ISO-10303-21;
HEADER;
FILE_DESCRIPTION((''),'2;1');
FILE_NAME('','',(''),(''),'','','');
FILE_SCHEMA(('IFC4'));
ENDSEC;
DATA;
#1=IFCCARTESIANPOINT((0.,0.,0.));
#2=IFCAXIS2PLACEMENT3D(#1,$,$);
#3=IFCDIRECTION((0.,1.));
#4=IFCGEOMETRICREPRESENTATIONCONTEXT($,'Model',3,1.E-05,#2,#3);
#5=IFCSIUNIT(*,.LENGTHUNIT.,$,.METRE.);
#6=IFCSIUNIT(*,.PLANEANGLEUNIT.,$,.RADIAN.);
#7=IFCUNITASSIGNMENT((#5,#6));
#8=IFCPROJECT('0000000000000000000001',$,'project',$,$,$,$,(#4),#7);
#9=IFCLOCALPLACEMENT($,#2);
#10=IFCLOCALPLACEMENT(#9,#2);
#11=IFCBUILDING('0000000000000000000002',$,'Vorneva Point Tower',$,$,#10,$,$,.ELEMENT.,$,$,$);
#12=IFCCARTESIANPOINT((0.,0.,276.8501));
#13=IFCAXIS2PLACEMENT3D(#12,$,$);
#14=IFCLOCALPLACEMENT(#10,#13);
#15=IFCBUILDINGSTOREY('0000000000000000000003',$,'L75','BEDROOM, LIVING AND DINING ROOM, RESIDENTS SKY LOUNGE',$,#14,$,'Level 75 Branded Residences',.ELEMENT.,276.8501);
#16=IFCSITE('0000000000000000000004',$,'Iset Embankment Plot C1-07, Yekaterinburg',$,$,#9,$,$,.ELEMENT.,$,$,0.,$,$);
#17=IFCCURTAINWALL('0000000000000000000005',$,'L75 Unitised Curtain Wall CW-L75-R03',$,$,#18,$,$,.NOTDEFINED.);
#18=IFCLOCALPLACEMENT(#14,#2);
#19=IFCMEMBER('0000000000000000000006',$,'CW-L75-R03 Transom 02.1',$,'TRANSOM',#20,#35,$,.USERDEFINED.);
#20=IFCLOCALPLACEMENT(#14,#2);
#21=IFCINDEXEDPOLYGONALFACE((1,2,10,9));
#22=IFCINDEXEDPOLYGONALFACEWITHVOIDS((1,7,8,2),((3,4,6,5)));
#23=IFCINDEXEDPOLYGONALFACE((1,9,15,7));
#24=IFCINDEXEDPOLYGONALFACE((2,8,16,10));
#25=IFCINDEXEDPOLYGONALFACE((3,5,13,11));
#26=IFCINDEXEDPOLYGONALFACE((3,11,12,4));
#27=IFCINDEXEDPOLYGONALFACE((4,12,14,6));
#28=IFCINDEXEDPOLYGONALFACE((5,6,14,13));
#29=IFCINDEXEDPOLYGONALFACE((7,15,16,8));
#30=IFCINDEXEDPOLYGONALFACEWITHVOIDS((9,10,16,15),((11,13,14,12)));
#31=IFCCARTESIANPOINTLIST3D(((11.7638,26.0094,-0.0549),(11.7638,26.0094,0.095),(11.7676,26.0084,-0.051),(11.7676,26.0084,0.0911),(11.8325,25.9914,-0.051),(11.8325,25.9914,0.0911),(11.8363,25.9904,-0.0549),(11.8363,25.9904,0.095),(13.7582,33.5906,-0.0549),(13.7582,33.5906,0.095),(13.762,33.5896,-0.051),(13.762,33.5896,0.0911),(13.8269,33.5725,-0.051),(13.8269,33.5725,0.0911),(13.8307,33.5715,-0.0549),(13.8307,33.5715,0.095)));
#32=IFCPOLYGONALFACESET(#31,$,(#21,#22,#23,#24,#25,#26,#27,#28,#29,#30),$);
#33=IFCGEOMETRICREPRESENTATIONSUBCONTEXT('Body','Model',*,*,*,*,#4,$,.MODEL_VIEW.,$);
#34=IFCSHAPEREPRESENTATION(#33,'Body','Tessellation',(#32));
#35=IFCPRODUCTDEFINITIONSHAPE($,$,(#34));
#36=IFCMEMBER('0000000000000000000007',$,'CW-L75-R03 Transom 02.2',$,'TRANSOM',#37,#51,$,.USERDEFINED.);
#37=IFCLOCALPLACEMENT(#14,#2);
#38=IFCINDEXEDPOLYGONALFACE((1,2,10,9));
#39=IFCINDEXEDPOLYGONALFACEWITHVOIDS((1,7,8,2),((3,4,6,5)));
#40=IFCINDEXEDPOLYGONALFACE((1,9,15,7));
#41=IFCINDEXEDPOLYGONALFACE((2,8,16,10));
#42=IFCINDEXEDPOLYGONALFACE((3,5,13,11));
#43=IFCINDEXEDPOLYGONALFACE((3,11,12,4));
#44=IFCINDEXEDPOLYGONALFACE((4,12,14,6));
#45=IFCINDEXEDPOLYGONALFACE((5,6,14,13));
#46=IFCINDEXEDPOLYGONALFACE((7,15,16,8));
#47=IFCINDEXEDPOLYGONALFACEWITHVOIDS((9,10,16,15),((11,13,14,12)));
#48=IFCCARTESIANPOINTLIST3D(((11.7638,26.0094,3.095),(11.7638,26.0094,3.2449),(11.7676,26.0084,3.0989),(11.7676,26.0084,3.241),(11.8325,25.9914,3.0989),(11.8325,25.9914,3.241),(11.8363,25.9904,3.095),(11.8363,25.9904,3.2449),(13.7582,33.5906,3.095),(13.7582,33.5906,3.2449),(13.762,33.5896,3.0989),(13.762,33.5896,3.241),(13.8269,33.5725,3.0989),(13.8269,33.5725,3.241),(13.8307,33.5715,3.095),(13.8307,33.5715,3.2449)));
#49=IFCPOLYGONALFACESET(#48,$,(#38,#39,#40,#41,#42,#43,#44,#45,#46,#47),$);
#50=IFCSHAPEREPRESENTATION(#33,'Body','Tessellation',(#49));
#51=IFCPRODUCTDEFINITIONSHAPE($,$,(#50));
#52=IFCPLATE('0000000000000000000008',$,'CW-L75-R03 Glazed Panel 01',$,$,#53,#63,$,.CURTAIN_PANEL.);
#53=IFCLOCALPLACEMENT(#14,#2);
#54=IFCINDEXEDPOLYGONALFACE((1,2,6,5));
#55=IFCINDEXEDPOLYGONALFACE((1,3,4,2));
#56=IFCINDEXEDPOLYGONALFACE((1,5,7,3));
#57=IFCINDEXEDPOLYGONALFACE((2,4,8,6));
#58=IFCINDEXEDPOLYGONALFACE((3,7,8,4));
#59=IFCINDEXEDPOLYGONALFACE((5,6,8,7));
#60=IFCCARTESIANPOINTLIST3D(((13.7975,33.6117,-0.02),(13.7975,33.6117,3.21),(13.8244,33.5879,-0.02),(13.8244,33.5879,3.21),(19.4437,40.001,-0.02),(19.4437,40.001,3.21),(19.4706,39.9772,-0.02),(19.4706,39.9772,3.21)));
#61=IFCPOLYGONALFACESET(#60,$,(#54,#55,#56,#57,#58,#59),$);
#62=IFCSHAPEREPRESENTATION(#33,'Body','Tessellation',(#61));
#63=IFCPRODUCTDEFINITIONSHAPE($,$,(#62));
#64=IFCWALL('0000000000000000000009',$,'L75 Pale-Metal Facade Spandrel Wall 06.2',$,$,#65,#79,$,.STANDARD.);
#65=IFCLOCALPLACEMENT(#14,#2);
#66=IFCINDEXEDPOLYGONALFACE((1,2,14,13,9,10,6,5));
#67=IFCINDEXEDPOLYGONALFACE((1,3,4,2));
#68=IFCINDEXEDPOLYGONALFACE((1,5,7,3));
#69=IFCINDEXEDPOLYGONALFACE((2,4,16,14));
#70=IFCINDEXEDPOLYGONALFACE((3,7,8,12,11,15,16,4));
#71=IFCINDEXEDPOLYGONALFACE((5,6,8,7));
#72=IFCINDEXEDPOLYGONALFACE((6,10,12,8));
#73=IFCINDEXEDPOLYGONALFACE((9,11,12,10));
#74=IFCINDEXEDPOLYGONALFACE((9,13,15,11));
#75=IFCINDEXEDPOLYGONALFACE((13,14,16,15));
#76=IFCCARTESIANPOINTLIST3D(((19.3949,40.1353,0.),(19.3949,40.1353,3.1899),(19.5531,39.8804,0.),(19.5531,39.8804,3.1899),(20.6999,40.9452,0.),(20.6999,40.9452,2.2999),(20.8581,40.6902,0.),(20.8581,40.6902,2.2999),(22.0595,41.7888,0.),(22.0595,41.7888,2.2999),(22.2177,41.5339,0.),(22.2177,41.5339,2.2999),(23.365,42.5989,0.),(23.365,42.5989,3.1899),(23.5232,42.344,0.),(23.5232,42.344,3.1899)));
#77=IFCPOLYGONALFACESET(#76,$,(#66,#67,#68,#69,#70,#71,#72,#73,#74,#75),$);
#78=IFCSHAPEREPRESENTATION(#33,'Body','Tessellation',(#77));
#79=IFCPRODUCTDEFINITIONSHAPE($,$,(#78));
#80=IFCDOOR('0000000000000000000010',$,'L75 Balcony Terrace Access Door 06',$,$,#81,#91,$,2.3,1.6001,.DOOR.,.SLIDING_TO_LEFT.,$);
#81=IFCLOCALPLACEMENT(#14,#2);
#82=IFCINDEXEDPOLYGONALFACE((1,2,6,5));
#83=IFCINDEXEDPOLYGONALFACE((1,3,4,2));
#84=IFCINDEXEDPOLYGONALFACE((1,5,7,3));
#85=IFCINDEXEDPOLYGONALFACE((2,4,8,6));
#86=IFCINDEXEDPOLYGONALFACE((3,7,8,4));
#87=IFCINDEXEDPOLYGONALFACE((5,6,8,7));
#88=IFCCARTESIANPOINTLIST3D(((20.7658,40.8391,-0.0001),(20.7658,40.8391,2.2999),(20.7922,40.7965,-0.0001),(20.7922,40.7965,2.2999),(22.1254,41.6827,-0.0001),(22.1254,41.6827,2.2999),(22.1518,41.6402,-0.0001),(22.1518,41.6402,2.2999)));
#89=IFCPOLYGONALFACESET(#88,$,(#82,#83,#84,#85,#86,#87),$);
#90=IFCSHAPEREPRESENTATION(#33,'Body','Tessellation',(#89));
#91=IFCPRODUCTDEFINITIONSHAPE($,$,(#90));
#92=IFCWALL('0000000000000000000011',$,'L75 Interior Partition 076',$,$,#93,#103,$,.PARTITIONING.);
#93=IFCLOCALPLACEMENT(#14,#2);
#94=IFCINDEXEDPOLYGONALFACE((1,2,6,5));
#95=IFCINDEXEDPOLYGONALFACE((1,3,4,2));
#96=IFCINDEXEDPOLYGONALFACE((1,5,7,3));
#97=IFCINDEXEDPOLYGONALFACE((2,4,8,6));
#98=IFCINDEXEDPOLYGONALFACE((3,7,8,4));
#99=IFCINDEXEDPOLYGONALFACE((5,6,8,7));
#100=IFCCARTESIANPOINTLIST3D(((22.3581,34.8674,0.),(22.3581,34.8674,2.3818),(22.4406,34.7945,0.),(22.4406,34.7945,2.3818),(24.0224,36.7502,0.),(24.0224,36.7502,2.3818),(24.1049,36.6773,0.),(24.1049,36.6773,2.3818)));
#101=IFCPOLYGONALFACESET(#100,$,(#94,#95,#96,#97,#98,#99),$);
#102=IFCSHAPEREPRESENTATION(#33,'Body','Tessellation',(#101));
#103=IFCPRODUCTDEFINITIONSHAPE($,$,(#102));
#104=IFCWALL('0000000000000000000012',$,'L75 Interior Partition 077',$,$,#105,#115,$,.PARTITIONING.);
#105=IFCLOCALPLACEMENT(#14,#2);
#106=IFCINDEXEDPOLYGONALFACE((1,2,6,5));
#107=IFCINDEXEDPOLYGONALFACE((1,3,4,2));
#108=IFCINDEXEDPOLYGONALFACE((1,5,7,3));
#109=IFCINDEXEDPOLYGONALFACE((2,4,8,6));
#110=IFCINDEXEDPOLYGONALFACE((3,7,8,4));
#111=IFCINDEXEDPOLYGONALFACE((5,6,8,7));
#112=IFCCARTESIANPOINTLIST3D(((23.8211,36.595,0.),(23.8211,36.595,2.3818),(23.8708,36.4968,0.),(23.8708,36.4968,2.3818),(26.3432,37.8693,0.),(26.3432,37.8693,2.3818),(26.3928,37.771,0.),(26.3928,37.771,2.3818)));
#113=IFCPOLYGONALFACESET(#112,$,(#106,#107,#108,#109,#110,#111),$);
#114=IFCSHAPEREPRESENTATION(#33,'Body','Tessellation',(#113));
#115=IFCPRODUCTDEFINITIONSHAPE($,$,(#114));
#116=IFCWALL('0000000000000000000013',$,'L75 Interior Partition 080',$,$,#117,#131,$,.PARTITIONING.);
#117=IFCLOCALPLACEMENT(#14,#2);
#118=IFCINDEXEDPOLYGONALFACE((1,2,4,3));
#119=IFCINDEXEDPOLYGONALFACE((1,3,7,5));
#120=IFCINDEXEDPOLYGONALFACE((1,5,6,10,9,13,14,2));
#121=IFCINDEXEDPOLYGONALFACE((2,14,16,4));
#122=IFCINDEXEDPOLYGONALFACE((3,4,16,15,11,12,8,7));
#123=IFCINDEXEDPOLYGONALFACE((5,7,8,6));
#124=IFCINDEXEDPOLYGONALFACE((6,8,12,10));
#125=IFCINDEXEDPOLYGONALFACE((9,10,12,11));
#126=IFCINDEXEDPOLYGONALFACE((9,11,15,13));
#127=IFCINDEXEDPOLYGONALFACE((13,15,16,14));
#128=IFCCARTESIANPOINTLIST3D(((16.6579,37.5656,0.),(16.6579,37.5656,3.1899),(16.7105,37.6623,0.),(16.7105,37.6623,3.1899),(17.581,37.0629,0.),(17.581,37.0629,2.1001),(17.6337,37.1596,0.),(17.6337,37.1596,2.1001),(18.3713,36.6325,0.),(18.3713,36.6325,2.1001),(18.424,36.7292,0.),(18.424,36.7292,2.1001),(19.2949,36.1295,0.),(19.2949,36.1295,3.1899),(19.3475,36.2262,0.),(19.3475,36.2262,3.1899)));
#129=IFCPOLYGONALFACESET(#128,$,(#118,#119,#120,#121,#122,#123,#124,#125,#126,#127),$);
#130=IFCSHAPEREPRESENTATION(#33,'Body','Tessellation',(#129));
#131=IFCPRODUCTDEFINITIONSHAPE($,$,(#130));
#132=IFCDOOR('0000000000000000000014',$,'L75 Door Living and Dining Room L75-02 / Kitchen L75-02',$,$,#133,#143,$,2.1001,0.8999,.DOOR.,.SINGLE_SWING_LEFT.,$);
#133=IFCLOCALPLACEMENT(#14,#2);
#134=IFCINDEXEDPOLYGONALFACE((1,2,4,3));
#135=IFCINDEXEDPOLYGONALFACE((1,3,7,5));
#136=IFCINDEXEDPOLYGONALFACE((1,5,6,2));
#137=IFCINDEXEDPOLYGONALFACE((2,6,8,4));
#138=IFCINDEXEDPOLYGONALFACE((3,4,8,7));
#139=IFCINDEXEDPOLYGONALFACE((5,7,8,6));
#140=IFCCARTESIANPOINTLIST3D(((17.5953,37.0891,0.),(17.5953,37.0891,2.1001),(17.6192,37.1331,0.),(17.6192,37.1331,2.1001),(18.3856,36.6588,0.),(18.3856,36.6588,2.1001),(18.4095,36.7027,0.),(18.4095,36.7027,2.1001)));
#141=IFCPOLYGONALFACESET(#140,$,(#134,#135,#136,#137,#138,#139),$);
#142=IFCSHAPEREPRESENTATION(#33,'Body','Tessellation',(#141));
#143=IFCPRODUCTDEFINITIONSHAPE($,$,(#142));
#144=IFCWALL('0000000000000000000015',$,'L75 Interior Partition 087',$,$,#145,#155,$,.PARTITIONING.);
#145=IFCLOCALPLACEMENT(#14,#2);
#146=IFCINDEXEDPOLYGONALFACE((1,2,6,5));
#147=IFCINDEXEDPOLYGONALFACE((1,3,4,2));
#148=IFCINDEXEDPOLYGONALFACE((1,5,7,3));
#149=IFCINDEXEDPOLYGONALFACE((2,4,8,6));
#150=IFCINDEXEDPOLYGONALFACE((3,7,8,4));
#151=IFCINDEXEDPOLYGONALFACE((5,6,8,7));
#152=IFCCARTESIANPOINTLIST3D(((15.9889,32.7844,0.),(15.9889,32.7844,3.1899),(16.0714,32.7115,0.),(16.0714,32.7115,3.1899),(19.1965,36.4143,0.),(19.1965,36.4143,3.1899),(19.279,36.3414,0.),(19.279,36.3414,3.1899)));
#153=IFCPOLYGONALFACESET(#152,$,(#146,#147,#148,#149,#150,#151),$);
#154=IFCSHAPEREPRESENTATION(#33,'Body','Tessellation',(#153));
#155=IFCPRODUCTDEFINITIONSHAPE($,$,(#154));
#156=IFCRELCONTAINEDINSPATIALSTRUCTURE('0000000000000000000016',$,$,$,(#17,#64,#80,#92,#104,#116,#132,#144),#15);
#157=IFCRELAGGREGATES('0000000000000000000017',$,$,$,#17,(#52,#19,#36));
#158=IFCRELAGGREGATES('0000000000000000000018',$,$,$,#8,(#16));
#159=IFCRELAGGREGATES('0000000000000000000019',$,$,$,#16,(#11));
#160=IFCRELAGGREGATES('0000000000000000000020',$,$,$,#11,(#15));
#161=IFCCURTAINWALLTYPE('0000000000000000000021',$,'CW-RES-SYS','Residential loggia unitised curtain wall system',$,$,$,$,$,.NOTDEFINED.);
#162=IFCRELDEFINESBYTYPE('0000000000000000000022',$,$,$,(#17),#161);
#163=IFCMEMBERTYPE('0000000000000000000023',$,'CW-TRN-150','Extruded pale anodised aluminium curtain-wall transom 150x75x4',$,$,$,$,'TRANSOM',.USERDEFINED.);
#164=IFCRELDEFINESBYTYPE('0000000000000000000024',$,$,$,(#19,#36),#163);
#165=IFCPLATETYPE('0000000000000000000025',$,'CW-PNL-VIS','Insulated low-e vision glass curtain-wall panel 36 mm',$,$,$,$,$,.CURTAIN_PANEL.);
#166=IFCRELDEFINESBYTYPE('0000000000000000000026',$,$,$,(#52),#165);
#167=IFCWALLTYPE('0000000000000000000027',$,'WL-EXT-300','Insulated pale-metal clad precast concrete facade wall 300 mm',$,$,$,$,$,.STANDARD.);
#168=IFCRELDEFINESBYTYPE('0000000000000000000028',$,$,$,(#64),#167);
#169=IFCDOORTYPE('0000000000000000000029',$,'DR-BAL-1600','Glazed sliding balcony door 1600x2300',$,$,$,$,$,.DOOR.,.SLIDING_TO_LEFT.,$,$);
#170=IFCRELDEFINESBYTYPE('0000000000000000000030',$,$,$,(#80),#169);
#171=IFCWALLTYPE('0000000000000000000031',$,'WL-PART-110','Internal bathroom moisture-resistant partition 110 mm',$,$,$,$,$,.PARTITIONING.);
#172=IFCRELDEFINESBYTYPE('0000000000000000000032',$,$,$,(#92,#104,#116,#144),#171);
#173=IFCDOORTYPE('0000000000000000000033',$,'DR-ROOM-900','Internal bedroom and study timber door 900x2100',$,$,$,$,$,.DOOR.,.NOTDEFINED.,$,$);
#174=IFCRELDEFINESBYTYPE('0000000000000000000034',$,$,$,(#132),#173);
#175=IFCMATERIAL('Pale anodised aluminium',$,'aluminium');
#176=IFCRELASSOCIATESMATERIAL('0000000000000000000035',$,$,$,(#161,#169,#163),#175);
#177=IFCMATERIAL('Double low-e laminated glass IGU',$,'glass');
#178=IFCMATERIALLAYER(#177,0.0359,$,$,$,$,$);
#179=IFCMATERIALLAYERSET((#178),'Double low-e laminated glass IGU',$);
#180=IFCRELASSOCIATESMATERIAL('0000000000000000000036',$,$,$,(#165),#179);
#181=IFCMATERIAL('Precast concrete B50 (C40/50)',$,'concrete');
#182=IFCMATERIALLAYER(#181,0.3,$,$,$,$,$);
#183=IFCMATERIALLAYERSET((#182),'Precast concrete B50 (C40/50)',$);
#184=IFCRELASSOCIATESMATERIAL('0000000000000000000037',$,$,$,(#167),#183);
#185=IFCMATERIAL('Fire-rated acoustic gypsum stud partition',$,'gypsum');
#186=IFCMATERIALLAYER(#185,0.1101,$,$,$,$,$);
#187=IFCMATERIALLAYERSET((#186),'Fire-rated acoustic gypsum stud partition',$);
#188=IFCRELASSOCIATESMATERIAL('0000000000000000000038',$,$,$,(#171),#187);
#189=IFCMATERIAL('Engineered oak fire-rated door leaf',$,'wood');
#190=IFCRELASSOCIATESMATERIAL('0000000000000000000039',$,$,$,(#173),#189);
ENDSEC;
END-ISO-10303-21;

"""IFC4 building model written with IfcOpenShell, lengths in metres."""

from ifc_helpers import new_model, si_unit, direction, frame, frame_2d, origin, origin_2d, place, context, subcontext, project, spatial, rectangle, hollow_rectangle, extrude, material, layer, layer_set, material_profile, profile_set, type_object, element, fill, aggregate, save


model = new_model("IFC4")

# Units and contexts
model_context = context("Model", 3, precision=1e-05, world=origin(), true_north=direction((0.0, 1.0)))
body_context = subcontext(model_context, "Body", "Model", "MODEL_VIEW")
ifc_project = project(units=[si_unit("LENGTHUNIT", "METRE"), si_unit("PLANEANGLEUNIT", "RADIAN")], contexts=[model_context])

# Site, building, storey
site_placement = place(None, origin())
site = spatial("IfcSite", under=ifc_project, at=site_placement, Name="Iset Embankment Plot C1-07, Yekaterinburg", CompositionType="ELEMENT", RefElevation=0.0)
building_placement = place(site_placement, origin())
building = spatial("IfcBuilding", under=site, at=building_placement, Name="Vorneva Point Tower", CompositionType="ELEMENT")
storey_placement = place(building_placement, frame((0.0, 0.0, 276.8501)))
storey = spatial("IfcBuildingStorey", under=building, at=storey_placement, Name="L75", Description="BEDROOM, LIVING AND DINING ROOM, RESIDENTS SKY LOUNGE", LongName="Level 75 Branded Residences", CompositionType="ELEMENT", Elevation=276.8501)

# Curtain wall, members, plate
ifc_material_1 = material(Name="Pale anodised aluminium", Category="aluminium")
curtain_wall_type = type_object("IfcCurtainWallType", Name="CW-RES-SYS", Description="Residential loggia unitised curtain wall system", PredefinedType="NOTDEFINED", material=ifc_material_1)
curtain_wall_placement = place(storey_placement, origin())
curtain_wall = element("IfcCurtainWall", 1, at=curtain_wall_placement, inside=storey, type_object=curtain_wall_type, Name="L75 Unitised Curtain Wall CW-L75-R03", PredefinedType="NOTDEFINED")
ifc_material_profile_1 = material_profile(ifc_material_1, hollow_rectangle(XDim=0.075, YDim=0.1499, WallThickness=0.0039, at=origin_2d()), Name="AL-TRN 150x75x4")
ifc_profile_set_1 = profile_set([ifc_material_profile_1], Name="Pale anodised aluminium")
member_type_1 = type_object("IfcMemberType", Name="CW-TRN-150", Description="Extruded pale anodised aluminium curtain-wall transom 150x75x4", ElementType="TRANSOM", PredefinedType="USERDEFINED", material=ifc_profile_set_1)
member_1_placement = place(storey_placement, frame((13.7944, 33.5811, 0.02), z_axis=(-0.254418, -0.967094, 0.0), x_axis=(0.967094, -0.254418, 0.0)))
member_1 = element("IfcMember", 2, at=member_1_placement, type_object=member_type_1, Name="CW-L75-R03 Transom 02.1", ObjectType="TRANSOM", PredefinedType="USERDEFINED", context=body_context, shape_type="SweptSolid", body=[
    extrude(hollow_rectangle(XDim=0.075, YDim=0.1499, WallThickness=0.0039, at=origin_2d()), origin(), (0.0, 0.0, 1.0), 7.8391),
])
member_2_placement = place(storey_placement, frame((13.7944, 33.5811, 3.1699), z_axis=(-0.254418, -0.967094, 0.0), x_axis=(0.967094, -0.254418, 0.0)))
member_2 = element("IfcMember", 3, at=member_2_placement, type_object=member_type_1, Name="CW-L75-R03 Transom 02.2", ObjectType="TRANSOM", PredefinedType="USERDEFINED", context=body_context, shape_type="SweptSolid", body=[
    extrude(hollow_rectangle(XDim=0.075, YDim=0.1499, WallThickness=0.0039, at=origin_2d()), origin(), (0.0, 0.0, 1.0), 7.8391),
])
ifc_material_2 = material(Name="Double low-e laminated glass IGU", Category="glass")
ifc_layer_1 = layer(ifc_material_2, 0.0359)
ifc_layer_set_1 = layer_set([ifc_layer_1], Name="Double low-e laminated glass IGU")
plate_type = type_object("IfcPlateType", Name="CW-PNL-VIS", Description="Insulated low-e vision glass curtain-wall panel 36 mm", PredefinedType="CURTAIN_PANEL", material=ifc_layer_set_1)
plate_placement = place(storey_placement, frame((16.634, 36.7944, -0.02), z_axis=(0.0, 0.0, 1.0), x_axis=(-0.662189, -0.749337, 0.0)))
plate = element("IfcPlate", 4, at=plate_placement, type_object=plate_type, Name="CW-L75-R03 Glazed Panel 01", PredefinedType="CURTAIN_PANEL", context=body_context, shape_type="SweptSolid", body=[
    extrude(rectangle(XDim=8.5266, YDim=0.0359, at=origin_2d()), origin(), (0.0, 0.0, 1.0), 3.23),
])
aggregate(curtain_wall, [plate, member_1, member_2])

# Wall, opening, door
ifc_material_3 = material(Name="Precast concrete B50 (C40/50)", Category="concrete")
ifc_layer_2 = layer(ifc_material_3, 0.3)
ifc_layer_set_2 = layer_set([ifc_layer_2], Name="Precast concrete B50 (C40/50)")
wall_type_1 = type_object("IfcWallType", Name="WL-EXT-300", Description="Insulated pale-metal clad precast concrete facade wall 300 mm", PredefinedType="STANDARD", material=ifc_layer_set_2)
wall_1_placement = place(storey_placement, frame((23.4441, 42.4714, 0.0), z_axis=(0.0, 0.0, 1.0), x_axis=(-0.849702, -0.527263, 0.0)))
wall_1 = element("IfcWall", 5, at=wall_1_placement, inside=storey, type_object=wall_type_1, Name="L75 Pale-Metal Facade Spandrel Wall 06.2", PredefinedType="STANDARD", context=body_context, shape_type="SweptSolid", body=[
    extrude(rectangle(XDim=4.6724, YDim=0.3, at=frame_2d((2.3362, 0.0))), origin(), (0.0, 0.0, 1.0), 3.1899),
])
opening_1_placement = place(wall_1_placement, frame((1.5364, 0.0, 0.0)))
opening_1 = element("IfcOpeningElement", 6, at=opening_1_placement, cuts=wall_1, PredefinedType="OPENING", context=body_context, shape_type="SweptSolid", body=[
    extrude(rectangle(XDim=1.6001, YDim=2.3, at=frame_2d((0.8, 1.1499))), frame((0.0, 0.165, 0.0), z_axis=(0.0, -1.0, 0.0), x_axis=(1.0, 0.0, 0.0)), (0.0, 0.0, 1.0), 0.3298),
])
door_type_1 = type_object("IfcDoorType", Name="DR-BAL-1600", Description="Glazed sliding balcony door 1600x2300", OperationType="SLIDING_TO_LEFT", PredefinedType="DOOR", material=ifc_material_1)
door_1_placement = place(opening_1_placement, origin())
door_1 = element("IfcDoor", 7, at=door_1_placement, inside=storey, type_object=door_type_1, Name="L75 Balcony Terrace Access Door 06", OperationType="SLIDING_TO_LEFT", OverallHeight=2.3, OverallWidth=1.6001, PredefinedType="DOOR", context=body_context, shape_type="SweptSolid", body=[
    extrude(rectangle(XDim=1.6001, YDim=2.3, at=frame_2d((0.8, 1.1499))), frame((0.0, 0.0249, 0.0), z_axis=(0.0, -1.0, 0.0), x_axis=(1.0, 0.0, 0.0)), (0.0, 0.0, 1.0), 0.05),
])
fill(opening_1, door_1)

# Walls
ifc_material_4 = material(Name="Fire-rated acoustic gypsum stud partition", Category="gypsum")
ifc_layer_3 = layer(ifc_material_4, 0.1101)
ifc_layer_set_3 = layer_set([ifc_layer_3], Name="Fire-rated acoustic gypsum stud partition")
wall_type_2 = type_object("IfcWallType", Name="WL-PART-110", Description="Internal bathroom moisture-resistant partition 110 mm", PredefinedType="PARTITIONING", material=ifc_layer_set_3)
wall_2_placement = place(storey_placement, frame((22.3994, 34.8311, 0.0), z_axis=(0.0, 0.0, 1.0), x_axis=(0.662293, 0.749245, 0.0)))
element("IfcWall", 8, at=wall_2_placement, inside=storey, type_object=wall_type_2, Name="L75 Interior Partition 076", PredefinedType="PARTITIONING", context=body_context, shape_type="SweptSolid", body=[
    extrude(rectangle(XDim=2.5129, YDim=0.1101, at=frame_2d((1.2563, 0.0))), origin(), (0.0, 0.0, 1.0), 2.3818),
])
wall_3_placement = place(storey_placement, frame((23.8459, 36.5459, 0.0), z_axis=(0.0, 0.0, 1.0), x_axis=(0.892553, 0.450942, 0.0)))
element("IfcWall", 9, at=wall_3_placement, inside=storey, type_object=wall_type_2, Name="L75 Interior Partition 077", PredefinedType="PARTITIONING", context=body_context, shape_type="SweptSolid", body=[
    extrude(rectangle(XDim=2.8257, YDim=0.1101, at=frame_2d((1.4128, 0.0))), origin(), (0.0, 0.0, 1.0), 2.3818),
])

# Wall, opening, door
wall_4_placement = place(storey_placement, frame((16.6841, 37.614, 0.0), z_axis=(0.0, 0.0, 1.0), x_axis=(0.878219, -0.47826, 0.0)))
wall_4 = element("IfcWall", 10, at=wall_4_placement, inside=storey, type_object=wall_type_2, Name="L75 Interior Partition 080", PredefinedType="PARTITIONING", context=body_context, shape_type="SweptSolid", body=[
    extrude(rectangle(XDim=3.0027, YDim=0.1101, at=frame_2d((1.5015, 0.0))), origin(), (0.0, 0.0, 1.0), 3.1899),
])
opening_2_placement = place(wall_4_placement, frame((1.0513, 0.0, 0.0)))
opening_2 = element("IfcOpeningElement", 11, at=opening_2_placement, cuts=wall_4, PredefinedType="OPENING", context=body_context, shape_type="SweptSolid", body=[
    extrude(rectangle(XDim=0.8999, YDim=2.1001, at=frame_2d((0.45, 1.05))), frame((0.0, 0.0698, 0.0), z_axis=(0.0, -1.0, 0.0), x_axis=(1.0, 0.0, 0.0)), (0.0, 0.0, 1.0), 0.1399),
])
ifc_material_5 = material(Name="Engineered oak fire-rated door leaf", Category="wood")
door_type_2 = type_object("IfcDoorType", Name="DR-ROOM-900", Description="Internal bedroom and study timber door 900x2100", OperationType="NOTDEFINED", PredefinedType="DOOR", material=ifc_material_5)
door_2_placement = place(opening_2_placement, origin())
door_2 = element("IfcDoor", 12, at=door_2_placement, inside=storey, type_object=door_type_2, Name="L75 Door Living and Dining Room L75-02 / Kitchen L75-02", OperationType="SINGLE_SWING_LEFT", OverallHeight=2.1001, OverallWidth=0.8999, PredefinedType="DOOR", context=body_context, shape_type="SweptSolid", body=[
    extrude(rectangle(XDim=0.8999, YDim=2.1001, at=frame_2d((0.45, 1.05))), frame((0.0, 0.0249, 0.0), z_axis=(0.0, -1.0, 0.0), x_axis=(1.0, 0.0, 0.0)), (0.0, 0.0, 1.0), 0.05),
])
fill(opening_2, door_2)

# Wall
wall_5_placement = place(storey_placement, frame((16.0303, 32.748, 0.0), z_axis=(0.0, 0.0, 1.0), x_axis=(0.662165, 0.749358, 0.0)))
element("IfcWall", 13, at=wall_5_placement, inside=storey, type_object=wall_type_2, Name="L75 Interior Partition 087", PredefinedType="PARTITIONING", context=body_context, shape_type="SweptSolid", body=[
    extrude(rectangle(XDim=4.844, YDim=0.1101, at=frame_2d((2.4219, 0.0))), origin(), (0.0, 0.0, 1.0), 3.1899),
])

save(model, "model.ifc")
